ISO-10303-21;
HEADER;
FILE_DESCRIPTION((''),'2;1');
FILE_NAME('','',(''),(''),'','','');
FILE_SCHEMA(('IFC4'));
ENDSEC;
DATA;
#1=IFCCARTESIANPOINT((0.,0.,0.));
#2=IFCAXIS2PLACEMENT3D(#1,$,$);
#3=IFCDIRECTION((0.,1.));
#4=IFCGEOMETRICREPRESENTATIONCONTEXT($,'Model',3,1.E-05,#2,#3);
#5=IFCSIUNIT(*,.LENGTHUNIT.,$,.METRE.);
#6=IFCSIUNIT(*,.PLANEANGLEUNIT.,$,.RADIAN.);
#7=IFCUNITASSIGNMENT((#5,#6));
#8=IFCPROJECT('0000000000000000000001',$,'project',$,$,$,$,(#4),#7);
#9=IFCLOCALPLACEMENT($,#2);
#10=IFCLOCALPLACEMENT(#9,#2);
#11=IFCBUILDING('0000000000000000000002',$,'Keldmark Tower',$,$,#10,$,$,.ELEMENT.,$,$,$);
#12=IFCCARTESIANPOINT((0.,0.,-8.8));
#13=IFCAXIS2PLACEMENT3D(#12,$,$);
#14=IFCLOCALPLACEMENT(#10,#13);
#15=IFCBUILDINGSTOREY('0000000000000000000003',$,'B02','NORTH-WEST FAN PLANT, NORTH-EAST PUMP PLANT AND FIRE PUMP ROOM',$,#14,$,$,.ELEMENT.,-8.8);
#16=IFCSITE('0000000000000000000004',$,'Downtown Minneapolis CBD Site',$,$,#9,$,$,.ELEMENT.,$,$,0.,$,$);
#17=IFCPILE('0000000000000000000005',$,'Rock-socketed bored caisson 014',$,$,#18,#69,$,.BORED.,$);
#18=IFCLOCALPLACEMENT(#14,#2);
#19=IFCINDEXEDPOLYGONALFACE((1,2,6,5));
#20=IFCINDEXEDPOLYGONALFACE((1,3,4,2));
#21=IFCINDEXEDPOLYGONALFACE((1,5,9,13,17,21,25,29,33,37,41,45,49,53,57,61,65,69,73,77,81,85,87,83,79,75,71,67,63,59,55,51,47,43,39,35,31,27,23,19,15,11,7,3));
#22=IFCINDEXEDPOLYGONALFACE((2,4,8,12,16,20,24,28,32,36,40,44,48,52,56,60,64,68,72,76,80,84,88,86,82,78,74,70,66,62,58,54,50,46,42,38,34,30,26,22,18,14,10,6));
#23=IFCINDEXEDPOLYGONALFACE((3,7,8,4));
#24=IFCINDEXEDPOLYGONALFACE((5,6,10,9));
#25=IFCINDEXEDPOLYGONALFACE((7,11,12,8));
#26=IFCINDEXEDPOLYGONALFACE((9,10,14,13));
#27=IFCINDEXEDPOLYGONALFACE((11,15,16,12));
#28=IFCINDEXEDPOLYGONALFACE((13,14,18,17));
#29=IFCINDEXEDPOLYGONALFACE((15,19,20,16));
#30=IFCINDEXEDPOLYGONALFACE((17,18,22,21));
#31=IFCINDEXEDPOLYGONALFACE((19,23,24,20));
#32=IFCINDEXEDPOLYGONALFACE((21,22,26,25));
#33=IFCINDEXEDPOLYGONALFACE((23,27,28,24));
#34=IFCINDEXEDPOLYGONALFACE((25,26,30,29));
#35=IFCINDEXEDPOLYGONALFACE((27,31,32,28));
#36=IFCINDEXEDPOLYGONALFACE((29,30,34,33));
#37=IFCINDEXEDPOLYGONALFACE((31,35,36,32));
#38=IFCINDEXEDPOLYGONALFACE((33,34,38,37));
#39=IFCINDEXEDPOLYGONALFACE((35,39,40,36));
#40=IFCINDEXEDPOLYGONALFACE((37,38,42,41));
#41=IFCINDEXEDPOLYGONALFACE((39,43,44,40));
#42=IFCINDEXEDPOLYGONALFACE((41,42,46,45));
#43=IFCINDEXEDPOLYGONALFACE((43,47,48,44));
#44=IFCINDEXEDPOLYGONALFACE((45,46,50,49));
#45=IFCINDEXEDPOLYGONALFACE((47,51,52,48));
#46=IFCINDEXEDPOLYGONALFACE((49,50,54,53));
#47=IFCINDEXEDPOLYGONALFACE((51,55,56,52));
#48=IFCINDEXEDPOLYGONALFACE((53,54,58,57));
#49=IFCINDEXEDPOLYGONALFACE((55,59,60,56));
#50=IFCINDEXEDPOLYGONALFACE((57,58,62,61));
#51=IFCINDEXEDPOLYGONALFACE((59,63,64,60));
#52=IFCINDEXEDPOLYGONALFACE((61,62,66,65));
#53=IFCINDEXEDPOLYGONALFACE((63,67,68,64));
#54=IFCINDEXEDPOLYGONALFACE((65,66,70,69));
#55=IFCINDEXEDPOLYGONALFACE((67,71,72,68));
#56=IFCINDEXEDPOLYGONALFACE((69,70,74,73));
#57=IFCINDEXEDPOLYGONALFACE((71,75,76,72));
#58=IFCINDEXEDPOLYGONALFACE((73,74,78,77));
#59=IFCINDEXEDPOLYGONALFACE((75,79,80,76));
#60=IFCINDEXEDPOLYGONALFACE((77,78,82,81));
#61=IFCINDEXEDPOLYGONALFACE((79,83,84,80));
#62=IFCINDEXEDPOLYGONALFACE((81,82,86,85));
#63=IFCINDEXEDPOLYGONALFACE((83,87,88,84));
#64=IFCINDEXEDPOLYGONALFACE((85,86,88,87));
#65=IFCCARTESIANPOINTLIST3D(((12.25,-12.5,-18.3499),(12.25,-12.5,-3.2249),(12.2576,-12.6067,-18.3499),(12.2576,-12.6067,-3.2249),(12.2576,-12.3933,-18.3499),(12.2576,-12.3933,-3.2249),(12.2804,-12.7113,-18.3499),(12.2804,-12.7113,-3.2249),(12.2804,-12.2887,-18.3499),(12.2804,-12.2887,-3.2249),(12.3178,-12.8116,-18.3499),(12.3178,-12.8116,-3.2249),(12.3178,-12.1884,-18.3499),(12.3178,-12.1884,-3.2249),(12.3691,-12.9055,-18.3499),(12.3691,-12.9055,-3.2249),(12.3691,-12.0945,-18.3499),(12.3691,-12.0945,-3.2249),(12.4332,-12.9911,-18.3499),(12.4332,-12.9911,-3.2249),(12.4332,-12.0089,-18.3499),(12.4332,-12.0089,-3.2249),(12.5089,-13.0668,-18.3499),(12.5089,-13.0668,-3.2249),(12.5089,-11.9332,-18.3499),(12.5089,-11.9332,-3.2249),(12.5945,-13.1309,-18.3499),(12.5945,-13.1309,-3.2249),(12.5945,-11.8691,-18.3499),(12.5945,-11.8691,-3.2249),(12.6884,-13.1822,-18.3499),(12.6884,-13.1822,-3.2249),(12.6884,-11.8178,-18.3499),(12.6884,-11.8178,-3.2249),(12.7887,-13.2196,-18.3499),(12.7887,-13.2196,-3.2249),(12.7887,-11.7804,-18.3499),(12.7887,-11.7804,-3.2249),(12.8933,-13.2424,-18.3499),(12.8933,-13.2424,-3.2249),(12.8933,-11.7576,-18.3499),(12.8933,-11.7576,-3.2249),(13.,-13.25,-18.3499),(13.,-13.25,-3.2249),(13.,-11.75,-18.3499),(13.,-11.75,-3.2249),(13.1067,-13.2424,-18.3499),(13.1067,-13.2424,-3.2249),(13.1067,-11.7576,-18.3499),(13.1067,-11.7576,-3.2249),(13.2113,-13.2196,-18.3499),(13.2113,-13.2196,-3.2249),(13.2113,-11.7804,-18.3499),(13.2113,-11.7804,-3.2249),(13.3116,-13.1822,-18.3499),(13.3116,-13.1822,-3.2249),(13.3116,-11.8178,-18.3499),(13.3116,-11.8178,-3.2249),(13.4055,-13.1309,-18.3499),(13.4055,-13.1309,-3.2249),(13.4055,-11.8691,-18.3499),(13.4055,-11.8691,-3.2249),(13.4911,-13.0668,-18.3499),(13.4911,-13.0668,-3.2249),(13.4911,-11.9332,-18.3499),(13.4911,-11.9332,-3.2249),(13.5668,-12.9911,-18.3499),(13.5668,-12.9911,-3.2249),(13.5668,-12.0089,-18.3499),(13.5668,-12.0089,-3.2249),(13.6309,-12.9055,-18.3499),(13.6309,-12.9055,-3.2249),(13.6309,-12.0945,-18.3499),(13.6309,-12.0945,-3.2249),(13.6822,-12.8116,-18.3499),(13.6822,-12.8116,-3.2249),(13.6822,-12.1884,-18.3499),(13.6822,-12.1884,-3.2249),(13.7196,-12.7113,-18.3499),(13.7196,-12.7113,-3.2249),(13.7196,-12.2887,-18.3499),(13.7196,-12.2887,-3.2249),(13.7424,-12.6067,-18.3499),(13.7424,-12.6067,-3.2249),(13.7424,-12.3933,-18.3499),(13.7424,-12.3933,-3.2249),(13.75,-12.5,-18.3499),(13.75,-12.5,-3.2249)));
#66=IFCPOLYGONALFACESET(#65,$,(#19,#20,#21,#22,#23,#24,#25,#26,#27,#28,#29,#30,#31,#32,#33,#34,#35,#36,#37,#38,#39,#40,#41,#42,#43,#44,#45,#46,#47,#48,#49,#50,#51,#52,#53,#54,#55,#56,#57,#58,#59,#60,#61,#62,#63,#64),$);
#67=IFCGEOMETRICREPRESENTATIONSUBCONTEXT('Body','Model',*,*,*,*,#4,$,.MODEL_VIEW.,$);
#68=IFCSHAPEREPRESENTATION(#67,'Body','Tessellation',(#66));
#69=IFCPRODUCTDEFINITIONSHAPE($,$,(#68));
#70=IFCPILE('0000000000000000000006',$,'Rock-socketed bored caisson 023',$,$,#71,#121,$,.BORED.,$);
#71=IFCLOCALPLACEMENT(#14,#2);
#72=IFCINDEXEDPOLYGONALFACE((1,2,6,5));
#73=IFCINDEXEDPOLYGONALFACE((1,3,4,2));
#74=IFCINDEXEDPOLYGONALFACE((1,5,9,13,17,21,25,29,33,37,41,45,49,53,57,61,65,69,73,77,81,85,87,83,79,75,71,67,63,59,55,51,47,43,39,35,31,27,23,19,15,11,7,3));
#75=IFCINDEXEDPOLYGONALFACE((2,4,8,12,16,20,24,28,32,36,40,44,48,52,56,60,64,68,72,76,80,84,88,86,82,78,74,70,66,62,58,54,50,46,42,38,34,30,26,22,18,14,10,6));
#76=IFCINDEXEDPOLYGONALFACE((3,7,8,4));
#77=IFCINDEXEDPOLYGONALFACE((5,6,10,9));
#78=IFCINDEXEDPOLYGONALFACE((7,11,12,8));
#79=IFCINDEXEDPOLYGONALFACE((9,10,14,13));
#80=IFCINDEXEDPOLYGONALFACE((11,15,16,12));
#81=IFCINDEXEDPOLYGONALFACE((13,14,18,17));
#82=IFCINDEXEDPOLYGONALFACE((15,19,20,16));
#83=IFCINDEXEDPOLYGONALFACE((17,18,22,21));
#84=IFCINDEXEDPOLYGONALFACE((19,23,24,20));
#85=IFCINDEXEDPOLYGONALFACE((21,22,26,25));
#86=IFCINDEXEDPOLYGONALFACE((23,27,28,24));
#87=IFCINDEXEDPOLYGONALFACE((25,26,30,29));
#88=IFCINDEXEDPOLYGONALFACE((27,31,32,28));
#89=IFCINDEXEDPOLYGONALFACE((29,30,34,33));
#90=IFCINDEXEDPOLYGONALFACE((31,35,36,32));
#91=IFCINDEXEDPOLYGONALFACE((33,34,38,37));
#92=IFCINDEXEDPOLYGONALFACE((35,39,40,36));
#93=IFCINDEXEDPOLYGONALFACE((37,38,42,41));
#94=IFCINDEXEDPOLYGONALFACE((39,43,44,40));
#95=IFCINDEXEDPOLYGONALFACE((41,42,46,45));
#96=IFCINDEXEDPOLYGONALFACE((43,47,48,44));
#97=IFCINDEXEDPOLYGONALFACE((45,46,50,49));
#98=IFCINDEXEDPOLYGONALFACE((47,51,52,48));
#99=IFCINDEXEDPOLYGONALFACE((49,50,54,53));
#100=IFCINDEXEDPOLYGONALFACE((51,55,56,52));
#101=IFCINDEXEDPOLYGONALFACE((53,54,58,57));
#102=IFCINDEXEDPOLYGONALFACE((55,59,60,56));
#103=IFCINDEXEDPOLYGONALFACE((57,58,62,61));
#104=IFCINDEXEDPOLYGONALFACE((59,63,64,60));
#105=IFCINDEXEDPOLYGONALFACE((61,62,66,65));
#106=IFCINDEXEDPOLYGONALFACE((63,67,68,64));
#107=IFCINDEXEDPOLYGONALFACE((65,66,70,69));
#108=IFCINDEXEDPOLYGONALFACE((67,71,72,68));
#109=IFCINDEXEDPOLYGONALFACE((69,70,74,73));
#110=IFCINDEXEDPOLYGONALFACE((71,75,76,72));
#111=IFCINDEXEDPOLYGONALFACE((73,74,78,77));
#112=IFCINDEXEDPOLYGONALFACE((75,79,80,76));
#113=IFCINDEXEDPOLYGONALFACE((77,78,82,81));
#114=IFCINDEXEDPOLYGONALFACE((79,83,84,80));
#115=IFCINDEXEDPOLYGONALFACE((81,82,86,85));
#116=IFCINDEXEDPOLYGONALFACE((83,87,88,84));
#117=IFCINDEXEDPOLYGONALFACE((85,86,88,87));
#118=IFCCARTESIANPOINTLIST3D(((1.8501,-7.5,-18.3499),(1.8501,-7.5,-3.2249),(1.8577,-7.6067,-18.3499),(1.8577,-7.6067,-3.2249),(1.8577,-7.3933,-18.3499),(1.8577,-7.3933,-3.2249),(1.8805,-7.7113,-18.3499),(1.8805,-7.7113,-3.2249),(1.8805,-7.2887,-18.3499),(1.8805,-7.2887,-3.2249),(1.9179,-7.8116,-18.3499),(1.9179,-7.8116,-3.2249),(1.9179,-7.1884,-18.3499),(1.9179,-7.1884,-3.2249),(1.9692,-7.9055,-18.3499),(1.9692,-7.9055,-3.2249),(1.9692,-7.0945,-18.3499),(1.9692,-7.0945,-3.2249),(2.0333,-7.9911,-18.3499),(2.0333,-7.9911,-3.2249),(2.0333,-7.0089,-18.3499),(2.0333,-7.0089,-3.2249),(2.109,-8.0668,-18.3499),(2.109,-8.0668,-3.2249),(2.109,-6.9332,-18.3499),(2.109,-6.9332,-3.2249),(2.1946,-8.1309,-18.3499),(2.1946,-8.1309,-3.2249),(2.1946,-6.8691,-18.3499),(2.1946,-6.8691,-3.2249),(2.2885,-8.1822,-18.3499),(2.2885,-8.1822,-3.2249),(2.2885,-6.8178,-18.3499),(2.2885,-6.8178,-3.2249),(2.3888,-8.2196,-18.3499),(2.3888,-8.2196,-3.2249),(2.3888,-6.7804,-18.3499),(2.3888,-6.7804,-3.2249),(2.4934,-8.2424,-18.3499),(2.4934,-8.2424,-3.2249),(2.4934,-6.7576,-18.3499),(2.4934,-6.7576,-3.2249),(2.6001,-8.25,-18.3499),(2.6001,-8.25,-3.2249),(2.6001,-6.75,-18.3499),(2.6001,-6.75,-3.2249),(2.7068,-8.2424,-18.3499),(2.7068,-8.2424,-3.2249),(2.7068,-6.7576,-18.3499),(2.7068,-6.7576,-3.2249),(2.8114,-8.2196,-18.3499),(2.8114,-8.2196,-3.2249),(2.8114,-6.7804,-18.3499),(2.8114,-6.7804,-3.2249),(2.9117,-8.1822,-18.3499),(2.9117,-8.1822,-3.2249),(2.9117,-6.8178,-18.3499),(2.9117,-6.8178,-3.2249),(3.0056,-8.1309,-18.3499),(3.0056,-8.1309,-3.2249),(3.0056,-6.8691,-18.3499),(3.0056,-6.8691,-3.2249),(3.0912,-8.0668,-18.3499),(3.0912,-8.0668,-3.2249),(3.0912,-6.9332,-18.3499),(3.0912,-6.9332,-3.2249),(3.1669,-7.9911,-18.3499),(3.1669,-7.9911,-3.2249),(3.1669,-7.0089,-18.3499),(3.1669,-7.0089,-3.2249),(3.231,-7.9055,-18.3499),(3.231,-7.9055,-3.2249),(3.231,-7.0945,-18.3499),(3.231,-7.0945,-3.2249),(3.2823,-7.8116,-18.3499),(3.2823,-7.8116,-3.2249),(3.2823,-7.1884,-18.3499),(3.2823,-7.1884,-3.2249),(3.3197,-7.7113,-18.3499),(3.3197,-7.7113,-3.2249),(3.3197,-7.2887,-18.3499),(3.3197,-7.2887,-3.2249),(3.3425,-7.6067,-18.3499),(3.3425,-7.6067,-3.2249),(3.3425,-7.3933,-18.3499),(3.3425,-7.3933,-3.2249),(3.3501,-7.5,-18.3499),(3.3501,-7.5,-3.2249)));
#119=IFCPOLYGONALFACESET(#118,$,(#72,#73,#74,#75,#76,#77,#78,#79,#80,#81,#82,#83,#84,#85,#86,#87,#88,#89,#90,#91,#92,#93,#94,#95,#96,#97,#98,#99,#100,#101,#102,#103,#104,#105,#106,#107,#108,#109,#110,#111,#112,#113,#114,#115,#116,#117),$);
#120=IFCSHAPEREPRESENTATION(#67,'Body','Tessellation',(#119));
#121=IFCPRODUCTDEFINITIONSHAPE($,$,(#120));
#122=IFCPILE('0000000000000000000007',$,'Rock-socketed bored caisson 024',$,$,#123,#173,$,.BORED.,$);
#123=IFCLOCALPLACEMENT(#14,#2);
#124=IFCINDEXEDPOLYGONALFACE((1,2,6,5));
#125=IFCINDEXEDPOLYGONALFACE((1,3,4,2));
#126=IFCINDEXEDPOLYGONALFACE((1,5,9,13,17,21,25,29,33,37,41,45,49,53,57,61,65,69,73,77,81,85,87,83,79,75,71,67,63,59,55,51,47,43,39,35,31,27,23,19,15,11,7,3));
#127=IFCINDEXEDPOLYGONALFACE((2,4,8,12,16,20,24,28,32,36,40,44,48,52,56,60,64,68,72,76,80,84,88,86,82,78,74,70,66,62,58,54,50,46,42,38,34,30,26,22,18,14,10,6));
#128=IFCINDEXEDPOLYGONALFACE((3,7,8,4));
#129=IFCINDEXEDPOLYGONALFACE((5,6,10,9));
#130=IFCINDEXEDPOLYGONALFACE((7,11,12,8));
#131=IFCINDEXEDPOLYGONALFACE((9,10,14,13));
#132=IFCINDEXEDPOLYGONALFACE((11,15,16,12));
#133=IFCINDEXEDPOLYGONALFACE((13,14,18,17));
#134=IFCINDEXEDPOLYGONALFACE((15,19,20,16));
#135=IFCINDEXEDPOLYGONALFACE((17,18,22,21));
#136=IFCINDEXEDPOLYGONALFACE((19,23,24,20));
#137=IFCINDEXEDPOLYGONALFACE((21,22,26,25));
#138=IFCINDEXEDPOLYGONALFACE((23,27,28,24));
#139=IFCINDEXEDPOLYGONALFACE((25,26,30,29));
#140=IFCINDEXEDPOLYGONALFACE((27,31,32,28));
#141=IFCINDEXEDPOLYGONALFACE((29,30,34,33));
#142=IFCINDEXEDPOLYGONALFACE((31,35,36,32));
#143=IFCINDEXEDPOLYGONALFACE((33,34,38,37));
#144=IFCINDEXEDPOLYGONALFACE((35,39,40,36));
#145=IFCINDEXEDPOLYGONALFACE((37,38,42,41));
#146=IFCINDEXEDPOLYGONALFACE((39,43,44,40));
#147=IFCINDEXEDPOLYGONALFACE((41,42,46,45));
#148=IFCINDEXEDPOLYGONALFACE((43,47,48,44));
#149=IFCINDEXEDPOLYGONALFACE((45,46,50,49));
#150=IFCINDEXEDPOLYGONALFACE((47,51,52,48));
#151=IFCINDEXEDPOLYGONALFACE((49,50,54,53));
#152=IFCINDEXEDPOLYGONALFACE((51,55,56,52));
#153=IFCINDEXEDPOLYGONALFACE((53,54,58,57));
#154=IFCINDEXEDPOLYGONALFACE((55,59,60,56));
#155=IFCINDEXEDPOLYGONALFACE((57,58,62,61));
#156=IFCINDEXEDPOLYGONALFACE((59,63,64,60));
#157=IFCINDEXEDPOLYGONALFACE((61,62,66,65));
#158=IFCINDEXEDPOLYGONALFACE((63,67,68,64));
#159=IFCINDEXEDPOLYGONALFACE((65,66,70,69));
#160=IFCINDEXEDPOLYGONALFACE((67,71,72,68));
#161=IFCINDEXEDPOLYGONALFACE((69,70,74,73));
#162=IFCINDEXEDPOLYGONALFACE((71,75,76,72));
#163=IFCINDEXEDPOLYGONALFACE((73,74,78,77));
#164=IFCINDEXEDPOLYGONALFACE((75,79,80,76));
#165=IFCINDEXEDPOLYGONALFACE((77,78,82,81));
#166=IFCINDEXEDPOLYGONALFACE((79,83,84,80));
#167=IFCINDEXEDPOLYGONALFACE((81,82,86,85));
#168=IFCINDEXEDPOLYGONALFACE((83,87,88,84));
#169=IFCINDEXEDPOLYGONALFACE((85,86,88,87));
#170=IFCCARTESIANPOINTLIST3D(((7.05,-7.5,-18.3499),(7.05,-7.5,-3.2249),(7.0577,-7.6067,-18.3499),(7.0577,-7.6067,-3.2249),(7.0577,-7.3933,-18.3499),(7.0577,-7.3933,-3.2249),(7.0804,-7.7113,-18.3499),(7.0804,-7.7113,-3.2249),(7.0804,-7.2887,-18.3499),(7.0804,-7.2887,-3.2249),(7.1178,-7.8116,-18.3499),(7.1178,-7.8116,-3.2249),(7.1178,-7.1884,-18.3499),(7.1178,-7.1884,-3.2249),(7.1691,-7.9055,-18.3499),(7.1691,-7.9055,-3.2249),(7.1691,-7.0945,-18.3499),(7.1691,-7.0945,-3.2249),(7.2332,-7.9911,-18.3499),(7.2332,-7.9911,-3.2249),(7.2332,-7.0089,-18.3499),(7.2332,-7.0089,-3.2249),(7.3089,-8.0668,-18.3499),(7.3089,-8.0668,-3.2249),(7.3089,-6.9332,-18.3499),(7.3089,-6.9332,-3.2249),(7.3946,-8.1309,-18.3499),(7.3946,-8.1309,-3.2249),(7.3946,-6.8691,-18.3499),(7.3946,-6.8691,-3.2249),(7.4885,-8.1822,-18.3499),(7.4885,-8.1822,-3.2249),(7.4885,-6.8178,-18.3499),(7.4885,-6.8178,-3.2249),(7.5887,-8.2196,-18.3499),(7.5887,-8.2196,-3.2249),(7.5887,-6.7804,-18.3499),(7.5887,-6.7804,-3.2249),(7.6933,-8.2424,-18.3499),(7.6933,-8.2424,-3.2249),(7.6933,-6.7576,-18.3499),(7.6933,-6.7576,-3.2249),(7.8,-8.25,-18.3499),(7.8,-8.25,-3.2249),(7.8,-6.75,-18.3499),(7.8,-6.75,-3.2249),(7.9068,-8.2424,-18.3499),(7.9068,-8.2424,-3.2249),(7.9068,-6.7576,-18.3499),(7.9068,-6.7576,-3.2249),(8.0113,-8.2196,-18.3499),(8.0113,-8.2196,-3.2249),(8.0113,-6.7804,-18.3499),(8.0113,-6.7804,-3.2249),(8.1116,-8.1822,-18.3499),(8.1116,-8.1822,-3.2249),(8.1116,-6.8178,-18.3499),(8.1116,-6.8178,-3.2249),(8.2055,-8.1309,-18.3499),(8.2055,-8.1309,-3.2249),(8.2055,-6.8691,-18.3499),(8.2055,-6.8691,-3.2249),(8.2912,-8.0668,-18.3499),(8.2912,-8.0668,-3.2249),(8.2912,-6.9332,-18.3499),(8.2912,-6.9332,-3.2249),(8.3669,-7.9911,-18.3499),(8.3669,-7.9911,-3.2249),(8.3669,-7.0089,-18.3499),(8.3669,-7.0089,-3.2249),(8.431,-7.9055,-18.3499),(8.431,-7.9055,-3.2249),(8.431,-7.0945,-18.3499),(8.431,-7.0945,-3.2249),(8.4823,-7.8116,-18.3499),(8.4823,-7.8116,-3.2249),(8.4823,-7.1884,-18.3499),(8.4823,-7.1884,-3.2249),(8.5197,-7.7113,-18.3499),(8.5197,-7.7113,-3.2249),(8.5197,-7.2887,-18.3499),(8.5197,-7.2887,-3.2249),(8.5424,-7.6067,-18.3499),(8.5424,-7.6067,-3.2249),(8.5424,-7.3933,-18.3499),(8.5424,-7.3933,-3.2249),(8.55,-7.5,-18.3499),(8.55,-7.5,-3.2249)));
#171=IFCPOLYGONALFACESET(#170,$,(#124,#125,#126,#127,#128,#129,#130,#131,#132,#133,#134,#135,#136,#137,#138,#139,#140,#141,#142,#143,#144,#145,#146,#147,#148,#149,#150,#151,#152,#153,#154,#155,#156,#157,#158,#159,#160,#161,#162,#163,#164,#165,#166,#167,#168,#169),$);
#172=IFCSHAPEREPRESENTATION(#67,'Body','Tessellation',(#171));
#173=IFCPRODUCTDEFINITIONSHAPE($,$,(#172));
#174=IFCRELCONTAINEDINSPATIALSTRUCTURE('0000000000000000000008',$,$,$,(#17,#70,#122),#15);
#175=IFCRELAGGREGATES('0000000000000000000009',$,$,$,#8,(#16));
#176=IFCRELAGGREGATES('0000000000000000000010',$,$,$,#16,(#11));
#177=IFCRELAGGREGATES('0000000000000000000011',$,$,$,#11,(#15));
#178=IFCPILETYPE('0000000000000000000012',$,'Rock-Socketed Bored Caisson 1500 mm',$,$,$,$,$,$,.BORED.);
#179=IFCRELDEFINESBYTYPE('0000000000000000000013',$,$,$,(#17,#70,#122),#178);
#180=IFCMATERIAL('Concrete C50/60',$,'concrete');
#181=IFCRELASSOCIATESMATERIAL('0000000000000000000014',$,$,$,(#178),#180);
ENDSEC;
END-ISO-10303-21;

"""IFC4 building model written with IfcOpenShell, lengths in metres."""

from ifc_helpers import new_model, si_unit, direction, frame, origin, origin_2d, place, context, subcontext, project, spatial, circle, extrude, material, material_profile, profile_set, type_object, element, save


model = new_model("IFC4")

# Units and contexts
model_context = context("Model", 3, precision=1e-05, world=origin(), true_north=direction((0.0, 1.0)))
body_context = subcontext(model_context, "Body", "Model", "MODEL_VIEW")
ifc_project = project(units=[si_unit("LENGTHUNIT", "METRE"), si_unit("PLANEANGLEUNIT", "RADIAN")], contexts=[model_context])

# Site, building, storey
site_placement = place(None, origin())
site = spatial("IfcSite", under=ifc_project, at=site_placement, Name="Downtown Minneapolis CBD Site", CompositionType="ELEMENT", RefElevation=0.0)
building_placement = place(site_placement, origin())
building = spatial("IfcBuilding", under=site, at=building_placement, Name="Keldmark Tower", CompositionType="ELEMENT")
storey_placement = place(building_placement, frame((0.0, 0.0, -8.8)))
storey = spatial("IfcBuildingStorey", under=building, at=storey_placement, Name="B02", Description="NORTH-WEST FAN PLANT, NORTH-EAST PUMP PLANT AND FIRE PUMP ROOM", CompositionType="ELEMENT", Elevation=-8.8)

# Piles
ifc_material_1 = material(Name="Concrete C50/60", Category="concrete")
ifc_material_profile_1 = material_profile(ifc_material_1, circle(Radius=0.75, at=origin_2d()), Name="CAISSON1500")
ifc_profile_set_1 = profile_set([ifc_material_profile_1], Name="Concrete C50/60")
pile_type_1 = type_object("IfcPileType", Name="Rock-Socketed Bored Caisson 1500 mm", PredefinedType="BORED", material=ifc_profile_set_1)
for number, where, z_axis, x_axis, name in (
    (1, (13.0, -12.5, -3.2249), (0.0, 0.0, -1.0), (1.0, 0.0, 0.0), "Rock-socketed bored caisson 014"),
    (2, (2.6001, -7.5, -3.2249), (0.0, 0.0, -1.0), (1.0, 0.0, 0.0), "Rock-socketed bored caisson 023"),
    (3, (7.8, -7.5, -3.2249), (0.0, 0.0, -1.0), (1.0, 0.0, 0.0), "Rock-socketed bored caisson 024"),
):
    element("IfcPile", number, at=place(storey_placement, frame(where, z_axis=z_axis, x_axis=x_axis)), inside=storey, type_object=pile_type_1, Name=name, PredefinedType="BORED", context=body_context, shape_type="SweptSolid", body=[
        extrude(circle(Radius=0.75, at=origin_2d()), origin(), (0.0, 0.0, 1.0), 15.125),
    ])

save(model, "model.ifc")
